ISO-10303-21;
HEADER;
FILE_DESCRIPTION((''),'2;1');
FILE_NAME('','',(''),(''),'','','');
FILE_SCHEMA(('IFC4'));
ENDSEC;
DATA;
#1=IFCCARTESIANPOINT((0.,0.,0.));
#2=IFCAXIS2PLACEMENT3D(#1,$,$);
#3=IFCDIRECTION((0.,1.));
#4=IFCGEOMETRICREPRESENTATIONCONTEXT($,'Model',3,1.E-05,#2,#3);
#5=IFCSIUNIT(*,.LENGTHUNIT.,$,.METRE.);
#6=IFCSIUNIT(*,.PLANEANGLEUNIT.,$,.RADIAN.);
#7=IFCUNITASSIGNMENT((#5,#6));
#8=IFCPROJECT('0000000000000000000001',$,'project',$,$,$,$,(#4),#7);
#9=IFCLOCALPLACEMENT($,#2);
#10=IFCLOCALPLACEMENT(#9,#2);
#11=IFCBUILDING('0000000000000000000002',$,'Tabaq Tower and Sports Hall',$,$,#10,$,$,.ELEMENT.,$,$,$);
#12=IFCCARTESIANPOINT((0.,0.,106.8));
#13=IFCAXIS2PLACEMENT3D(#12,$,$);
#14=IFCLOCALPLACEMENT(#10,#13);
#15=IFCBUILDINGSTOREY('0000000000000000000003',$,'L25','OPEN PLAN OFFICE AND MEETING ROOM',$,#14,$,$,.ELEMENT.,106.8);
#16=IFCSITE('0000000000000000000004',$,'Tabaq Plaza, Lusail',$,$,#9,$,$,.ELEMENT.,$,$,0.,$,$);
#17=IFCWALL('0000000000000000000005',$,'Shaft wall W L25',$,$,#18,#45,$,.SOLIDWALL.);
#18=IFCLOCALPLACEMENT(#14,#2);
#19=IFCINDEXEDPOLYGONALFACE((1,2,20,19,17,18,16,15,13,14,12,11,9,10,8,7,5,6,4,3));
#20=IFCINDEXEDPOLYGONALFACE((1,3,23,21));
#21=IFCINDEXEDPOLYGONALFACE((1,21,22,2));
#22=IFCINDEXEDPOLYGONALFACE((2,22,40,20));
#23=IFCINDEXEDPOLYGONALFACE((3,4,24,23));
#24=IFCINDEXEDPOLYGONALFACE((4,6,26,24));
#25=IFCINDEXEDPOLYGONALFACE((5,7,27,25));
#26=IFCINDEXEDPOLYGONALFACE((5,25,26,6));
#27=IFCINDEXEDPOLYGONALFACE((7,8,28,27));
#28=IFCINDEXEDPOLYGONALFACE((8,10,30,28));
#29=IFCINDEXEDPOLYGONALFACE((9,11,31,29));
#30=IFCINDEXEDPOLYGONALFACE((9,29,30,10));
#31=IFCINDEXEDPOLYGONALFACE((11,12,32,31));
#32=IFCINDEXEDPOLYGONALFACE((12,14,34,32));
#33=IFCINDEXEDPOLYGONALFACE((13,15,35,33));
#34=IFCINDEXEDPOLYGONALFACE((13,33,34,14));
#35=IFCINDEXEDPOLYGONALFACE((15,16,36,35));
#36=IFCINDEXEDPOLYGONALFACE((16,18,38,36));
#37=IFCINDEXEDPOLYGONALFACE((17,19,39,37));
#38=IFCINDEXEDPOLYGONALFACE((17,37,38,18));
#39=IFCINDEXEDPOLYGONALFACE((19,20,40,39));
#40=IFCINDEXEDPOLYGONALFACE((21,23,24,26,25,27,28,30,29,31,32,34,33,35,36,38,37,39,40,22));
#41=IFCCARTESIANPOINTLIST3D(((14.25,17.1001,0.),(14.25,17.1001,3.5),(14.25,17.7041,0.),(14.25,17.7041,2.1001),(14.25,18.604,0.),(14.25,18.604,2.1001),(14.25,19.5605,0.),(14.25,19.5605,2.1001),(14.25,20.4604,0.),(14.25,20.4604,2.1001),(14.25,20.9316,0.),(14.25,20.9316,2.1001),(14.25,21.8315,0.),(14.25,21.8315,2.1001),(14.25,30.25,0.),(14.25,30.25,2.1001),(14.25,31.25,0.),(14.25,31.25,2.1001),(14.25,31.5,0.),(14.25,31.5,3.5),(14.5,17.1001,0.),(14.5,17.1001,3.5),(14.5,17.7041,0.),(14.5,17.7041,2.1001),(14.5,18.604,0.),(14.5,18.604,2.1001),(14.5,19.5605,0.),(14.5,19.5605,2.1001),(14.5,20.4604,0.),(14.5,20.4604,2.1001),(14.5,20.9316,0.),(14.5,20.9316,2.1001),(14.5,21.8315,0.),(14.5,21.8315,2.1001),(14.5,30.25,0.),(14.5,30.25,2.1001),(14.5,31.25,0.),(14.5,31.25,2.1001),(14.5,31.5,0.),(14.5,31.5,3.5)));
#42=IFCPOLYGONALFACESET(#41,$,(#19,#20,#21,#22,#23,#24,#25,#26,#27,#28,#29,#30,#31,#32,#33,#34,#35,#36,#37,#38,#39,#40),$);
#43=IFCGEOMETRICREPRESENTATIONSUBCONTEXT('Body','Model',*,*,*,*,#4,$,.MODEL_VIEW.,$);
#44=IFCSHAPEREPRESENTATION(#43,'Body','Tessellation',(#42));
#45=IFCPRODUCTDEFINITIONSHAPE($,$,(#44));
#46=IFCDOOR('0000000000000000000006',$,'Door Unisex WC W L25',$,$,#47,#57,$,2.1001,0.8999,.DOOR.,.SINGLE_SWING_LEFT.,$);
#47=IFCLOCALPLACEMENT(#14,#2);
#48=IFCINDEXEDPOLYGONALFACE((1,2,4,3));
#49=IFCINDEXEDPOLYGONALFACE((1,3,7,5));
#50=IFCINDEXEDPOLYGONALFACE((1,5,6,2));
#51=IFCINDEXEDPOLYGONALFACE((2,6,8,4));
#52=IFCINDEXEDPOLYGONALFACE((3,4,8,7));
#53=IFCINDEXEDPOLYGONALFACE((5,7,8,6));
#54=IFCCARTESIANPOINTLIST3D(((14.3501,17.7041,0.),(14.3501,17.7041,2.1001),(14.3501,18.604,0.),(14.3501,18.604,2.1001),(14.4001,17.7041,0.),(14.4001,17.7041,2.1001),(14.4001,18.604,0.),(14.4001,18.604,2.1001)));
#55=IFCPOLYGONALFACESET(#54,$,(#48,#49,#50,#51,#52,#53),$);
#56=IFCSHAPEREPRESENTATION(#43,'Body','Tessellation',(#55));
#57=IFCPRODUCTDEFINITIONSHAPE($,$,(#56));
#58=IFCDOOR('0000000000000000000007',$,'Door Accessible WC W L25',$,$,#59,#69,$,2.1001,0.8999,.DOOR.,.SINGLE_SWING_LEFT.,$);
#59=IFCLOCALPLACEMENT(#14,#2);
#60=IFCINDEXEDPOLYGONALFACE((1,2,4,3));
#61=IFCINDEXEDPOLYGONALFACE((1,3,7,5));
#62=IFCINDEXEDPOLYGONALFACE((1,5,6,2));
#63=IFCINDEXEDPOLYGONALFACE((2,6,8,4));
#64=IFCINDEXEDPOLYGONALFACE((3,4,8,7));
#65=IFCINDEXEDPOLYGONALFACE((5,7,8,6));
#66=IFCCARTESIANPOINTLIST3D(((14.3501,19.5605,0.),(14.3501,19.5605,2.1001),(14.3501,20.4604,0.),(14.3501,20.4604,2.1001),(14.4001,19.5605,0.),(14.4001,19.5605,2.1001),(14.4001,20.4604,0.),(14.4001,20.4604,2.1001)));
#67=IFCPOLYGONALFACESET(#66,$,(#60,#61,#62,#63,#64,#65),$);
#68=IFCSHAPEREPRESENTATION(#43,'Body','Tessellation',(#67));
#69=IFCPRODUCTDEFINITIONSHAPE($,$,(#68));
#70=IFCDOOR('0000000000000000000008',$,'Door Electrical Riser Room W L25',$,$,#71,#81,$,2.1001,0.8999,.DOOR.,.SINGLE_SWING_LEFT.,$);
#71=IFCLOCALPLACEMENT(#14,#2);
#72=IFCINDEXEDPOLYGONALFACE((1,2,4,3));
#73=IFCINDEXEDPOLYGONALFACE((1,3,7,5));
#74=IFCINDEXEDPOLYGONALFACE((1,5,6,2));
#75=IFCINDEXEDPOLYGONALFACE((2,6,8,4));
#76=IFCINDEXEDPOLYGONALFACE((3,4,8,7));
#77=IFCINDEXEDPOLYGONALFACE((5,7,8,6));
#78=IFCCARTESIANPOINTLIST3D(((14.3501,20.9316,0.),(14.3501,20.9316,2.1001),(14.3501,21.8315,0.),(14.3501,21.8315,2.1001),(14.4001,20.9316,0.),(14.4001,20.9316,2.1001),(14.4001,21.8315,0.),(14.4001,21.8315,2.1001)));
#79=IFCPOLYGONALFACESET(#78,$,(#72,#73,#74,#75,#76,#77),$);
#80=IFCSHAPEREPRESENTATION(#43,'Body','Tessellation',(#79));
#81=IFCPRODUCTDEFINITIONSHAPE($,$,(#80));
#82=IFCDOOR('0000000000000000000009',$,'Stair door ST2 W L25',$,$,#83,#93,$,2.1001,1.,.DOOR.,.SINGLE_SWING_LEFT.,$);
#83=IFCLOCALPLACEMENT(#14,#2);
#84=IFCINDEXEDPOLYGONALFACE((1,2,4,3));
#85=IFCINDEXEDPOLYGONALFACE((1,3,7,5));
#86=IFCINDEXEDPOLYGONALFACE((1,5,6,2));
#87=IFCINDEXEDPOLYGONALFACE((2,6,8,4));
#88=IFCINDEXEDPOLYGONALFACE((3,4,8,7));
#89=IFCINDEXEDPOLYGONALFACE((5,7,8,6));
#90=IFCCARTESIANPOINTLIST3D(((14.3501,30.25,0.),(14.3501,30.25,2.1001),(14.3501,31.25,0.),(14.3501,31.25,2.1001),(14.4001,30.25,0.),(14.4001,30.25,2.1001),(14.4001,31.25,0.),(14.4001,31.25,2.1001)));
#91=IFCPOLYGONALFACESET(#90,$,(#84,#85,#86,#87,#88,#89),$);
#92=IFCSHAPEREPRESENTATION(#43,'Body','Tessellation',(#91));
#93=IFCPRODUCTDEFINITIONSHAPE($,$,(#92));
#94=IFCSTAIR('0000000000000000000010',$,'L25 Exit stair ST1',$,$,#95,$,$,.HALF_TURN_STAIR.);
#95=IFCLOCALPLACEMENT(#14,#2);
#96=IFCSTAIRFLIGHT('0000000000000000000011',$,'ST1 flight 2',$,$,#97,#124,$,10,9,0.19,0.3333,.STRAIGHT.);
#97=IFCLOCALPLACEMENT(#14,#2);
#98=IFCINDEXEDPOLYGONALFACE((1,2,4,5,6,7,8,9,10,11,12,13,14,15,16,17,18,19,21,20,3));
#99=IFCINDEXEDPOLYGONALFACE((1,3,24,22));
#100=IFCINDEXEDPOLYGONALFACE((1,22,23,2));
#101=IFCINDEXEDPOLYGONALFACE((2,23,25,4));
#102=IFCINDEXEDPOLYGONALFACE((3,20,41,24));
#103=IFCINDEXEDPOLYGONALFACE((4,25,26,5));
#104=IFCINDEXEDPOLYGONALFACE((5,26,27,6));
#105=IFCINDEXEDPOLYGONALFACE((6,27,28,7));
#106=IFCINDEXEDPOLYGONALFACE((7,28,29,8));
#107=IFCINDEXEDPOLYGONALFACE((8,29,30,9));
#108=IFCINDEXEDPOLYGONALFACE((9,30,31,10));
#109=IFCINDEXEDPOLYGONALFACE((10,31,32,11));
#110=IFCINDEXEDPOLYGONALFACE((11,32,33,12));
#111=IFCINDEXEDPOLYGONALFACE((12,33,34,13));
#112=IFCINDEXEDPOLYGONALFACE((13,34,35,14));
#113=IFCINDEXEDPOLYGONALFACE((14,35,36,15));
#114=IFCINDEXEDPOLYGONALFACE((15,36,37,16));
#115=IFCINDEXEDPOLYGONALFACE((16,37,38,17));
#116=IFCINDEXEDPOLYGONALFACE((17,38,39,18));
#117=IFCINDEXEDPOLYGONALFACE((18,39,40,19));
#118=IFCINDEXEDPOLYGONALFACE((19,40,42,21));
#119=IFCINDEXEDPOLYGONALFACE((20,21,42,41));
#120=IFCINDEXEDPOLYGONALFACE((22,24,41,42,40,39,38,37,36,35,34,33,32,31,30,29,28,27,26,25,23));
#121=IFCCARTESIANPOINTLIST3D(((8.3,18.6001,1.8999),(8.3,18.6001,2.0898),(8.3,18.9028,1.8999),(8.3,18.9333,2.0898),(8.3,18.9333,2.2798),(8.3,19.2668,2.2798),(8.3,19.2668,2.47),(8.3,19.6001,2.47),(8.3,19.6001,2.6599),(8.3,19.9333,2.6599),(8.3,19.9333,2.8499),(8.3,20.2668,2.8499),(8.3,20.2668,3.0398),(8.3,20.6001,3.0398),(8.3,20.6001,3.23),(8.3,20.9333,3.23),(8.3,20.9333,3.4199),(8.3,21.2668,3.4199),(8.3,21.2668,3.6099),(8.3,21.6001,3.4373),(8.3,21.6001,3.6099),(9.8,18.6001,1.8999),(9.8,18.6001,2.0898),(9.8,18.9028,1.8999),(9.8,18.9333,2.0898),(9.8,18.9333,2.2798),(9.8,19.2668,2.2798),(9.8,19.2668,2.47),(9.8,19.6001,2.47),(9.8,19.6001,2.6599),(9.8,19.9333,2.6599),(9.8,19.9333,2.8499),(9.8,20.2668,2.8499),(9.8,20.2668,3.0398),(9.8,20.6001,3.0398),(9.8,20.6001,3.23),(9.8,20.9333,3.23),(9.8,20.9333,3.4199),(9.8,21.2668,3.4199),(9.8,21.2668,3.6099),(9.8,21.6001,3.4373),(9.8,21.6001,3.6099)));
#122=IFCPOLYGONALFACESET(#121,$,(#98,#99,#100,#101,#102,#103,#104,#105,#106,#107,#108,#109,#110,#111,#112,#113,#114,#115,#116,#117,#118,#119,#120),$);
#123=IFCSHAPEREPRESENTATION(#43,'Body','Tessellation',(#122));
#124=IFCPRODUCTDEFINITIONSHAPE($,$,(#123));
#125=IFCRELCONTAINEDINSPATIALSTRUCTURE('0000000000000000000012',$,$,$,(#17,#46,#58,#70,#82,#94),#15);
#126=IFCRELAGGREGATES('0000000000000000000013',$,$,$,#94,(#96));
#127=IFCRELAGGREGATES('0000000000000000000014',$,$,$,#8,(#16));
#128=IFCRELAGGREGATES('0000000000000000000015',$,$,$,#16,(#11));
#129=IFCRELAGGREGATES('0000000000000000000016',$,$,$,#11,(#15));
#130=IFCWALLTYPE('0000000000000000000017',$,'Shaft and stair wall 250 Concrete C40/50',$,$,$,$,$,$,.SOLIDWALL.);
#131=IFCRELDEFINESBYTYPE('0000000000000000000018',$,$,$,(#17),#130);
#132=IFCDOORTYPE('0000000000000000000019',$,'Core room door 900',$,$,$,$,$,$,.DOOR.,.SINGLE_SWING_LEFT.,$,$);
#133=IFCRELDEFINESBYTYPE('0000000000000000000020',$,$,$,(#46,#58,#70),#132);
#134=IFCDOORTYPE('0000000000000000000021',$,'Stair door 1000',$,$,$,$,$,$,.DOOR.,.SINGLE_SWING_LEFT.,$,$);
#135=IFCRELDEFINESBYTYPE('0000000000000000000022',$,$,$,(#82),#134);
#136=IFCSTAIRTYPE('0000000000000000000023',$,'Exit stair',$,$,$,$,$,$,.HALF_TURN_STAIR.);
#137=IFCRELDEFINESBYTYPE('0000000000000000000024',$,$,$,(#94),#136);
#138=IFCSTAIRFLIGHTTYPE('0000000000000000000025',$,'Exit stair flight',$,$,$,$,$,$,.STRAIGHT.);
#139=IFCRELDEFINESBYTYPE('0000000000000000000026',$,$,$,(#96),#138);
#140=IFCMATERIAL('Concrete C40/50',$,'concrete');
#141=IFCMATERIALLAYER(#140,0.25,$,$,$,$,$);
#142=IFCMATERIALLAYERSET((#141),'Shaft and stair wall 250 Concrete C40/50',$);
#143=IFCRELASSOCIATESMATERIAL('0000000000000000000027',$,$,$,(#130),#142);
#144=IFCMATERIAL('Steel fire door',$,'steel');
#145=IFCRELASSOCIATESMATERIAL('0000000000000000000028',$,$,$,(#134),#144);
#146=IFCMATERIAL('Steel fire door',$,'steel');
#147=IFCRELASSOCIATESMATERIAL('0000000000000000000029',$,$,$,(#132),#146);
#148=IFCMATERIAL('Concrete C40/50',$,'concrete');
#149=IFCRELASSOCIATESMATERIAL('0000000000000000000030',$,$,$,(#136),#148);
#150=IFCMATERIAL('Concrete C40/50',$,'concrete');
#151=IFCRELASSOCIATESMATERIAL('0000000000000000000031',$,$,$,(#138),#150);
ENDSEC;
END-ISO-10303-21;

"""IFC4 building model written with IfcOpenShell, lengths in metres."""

from ifc_helpers import new_model, si_unit, direction, frame, frame_2d, origin, place, context, subcontext, project, spatial, polyline, rectangle, outline, extrude, material, layer, layer_set, type_object, element, fill, aggregate, save


model = new_model("IFC4")

# Units and contexts
model_context = context("Model", 3, precision=1e-05, world=origin(), true_north=direction((0.0, 1.0)))
body_context = subcontext(model_context, "Body", "Model", "MODEL_VIEW")
ifc_project = project(units=[si_unit("LENGTHUNIT", "METRE"), si_unit("PLANEANGLEUNIT", "RADIAN")], contexts=[model_context])

# Site, building, storey
site_placement = place(None, origin())
site = spatial("IfcSite", under=ifc_project, at=site_placement, Name="Tabaq Plaza, Lusail", CompositionType="ELEMENT", RefElevation=0.0)
building_placement = place(site_placement, origin())
building = spatial("IfcBuilding", under=site, at=building_placement, Name="Tabaq Tower and Sports Hall", CompositionType="ELEMENT")
storey_placement = place(building_placement, frame((0.0, 0.0, 106.8)))
storey = spatial("IfcBuildingStorey", under=building, at=storey_placement, Name="L25", Description="OPEN PLAN OFFICE AND MEETING ROOM", CompositionType="ELEMENT", Elevation=106.8)

# Wall, openings, doors
ifc_material_1 = material(Name="Concrete C40/50", Category="concrete")
ifc_layer_1 = layer(ifc_material_1, 0.25)
ifc_layer_set_1 = layer_set([ifc_layer_1], Name="Shaft and stair wall 250 Concrete C40/50")
wall_type_1 = type_object("IfcWallType", Name="Shaft and stair wall 250 Concrete C40/50", PredefinedType="SOLIDWALL", material=ifc_layer_set_1)
ifc_material_2 = material(Name="Steel fire door", Category="steel")
door_type_1 = type_object("IfcDoorType", Name="Stair door 1000", OperationType="SINGLE_SWING_LEFT", PredefinedType="DOOR", material=ifc_material_2)
wall_1_placement = place(storey_placement, frame((14.375, 17.1001, 0.0), z_axis=(0.0, 0.0, 1.0), x_axis=(0.0, 1.0, 0.0)))
wall_1 = element("IfcWall", 1, at=wall_1_placement, inside=storey, type_object=wall_type_1, Name="Shaft wall W L25", PredefinedType="SOLIDWALL", context=body_context, shape_type="SweptSolid", body=[
    extrude(rectangle(XDim=14.3999, YDim=0.25, at=frame_2d((7.2, 0.0))), origin(), (0.0, 0.0, 1.0), 3.5),
])
opening_1_placement = place(wall_1_placement, frame((13.1499, 0.0, 0.0)))
opening_1 = element("IfcOpeningElement", 2, at=opening_1_placement, cuts=wall_1, PredefinedType="OPENING", context=body_context, shape_type="SweptSolid", body=[
    extrude(rectangle(XDim=1.0, YDim=2.1001, at=frame_2d((0.5, 1.05))), frame((0.0, 0.125, 0.0), z_axis=(0.0, -1.0, 0.0), x_axis=(1.0, 0.0, 0.0)), (0.0, 0.0, 1.0), 0.25),
])
opening_2_placement = place(wall_1_placement, frame((0.604, 0.0, 0.0)))
opening_2 = element("IfcOpeningElement", 3, at=opening_2_placement, cuts=wall_1, PredefinedType="OPENING", context=body_context, shape_type="SweptSolid", body=[
    extrude(rectangle(XDim=0.8999, YDim=2.1001, at=frame_2d((0.45, 1.05))), frame((0.0, 0.125, 0.0), z_axis=(0.0, -1.0, 0.0), x_axis=(1.0, 0.0, 0.0)), (0.0, 0.0, 1.0), 0.25),
])
opening_3_placement = place(wall_1_placement, frame((2.4604, 0.0, 0.0)))
opening_3 = element("IfcOpeningElement", 4, at=opening_3_placement, cuts=wall_1, PredefinedType="OPENING", context=body_context, shape_type="SweptSolid", body=[
    extrude(rectangle(XDim=0.8999, YDim=2.1001, at=frame_2d((0.45, 1.05))), frame((0.0, 0.125, 0.0), z_axis=(0.0, -1.0, 0.0), x_axis=(1.0, 0.0, 0.0)), (0.0, 0.0, 1.0), 0.25),
])
opening_4_placement = place(wall_1_placement, frame((3.8315, 0.0, 0.0)))
opening_4 = element("IfcOpeningElement", 5, at=opening_4_placement, cuts=wall_1, PredefinedType="OPENING", context=body_context, shape_type="SweptSolid", body=[
    extrude(rectangle(XDim=0.8999, YDim=2.1001, at=frame_2d((0.45, 1.05))), frame((0.0, 0.125, 0.0), z_axis=(0.0, -1.0, 0.0), x_axis=(1.0, 0.0, 0.0)), (0.0, 0.0, 1.0), 0.25),
])
ifc_material_3 = material(Name="Steel fire door", Category="steel")
door_type_2 = type_object("IfcDoorType", Name="Core room door 900", OperationType="SINGLE_SWING_LEFT", PredefinedType="DOOR", material=ifc_material_3)
door_1_placement = place(opening_2_placement, origin())
door_1 = element("IfcDoor", 6, at=door_1_placement, inside=storey, type_object=door_type_2, Name="Door Unisex WC W L25", OperationType="SINGLE_SWING_LEFT", OverallHeight=2.1001, OverallWidth=0.8999, PredefinedType="DOOR", context=body_context, shape_type="SweptSolid", body=[
    extrude(rectangle(XDim=0.8999, YDim=2.1001, at=frame_2d((0.45, 1.05))), frame((0.0, 0.0249, 0.0), z_axis=(0.0, -1.0, 0.0), x_axis=(1.0, 0.0, 0.0)), (0.0, 0.0, 1.0), 0.05),
])
fill(opening_2, door_1)
door_2_placement = place(opening_3_placement, origin())
door_2 = element("IfcDoor", 7, at=door_2_placement, inside=storey, type_object=door_type_2, Name="Door Accessible WC W L25", OperationType="SINGLE_SWING_LEFT", OverallHeight=2.1001, OverallWidth=0.8999, PredefinedType="DOOR", context=body_context, shape_type="SweptSolid", body=[
    extrude(rectangle(XDim=0.8999, YDim=2.1001, at=frame_2d((0.45, 1.05))), frame((0.0, 0.0249, 0.0), z_axis=(0.0, -1.0, 0.0), x_axis=(1.0, 0.0, 0.0)), (0.0, 0.0, 1.0), 0.05),
])
fill(opening_3, door_2)
door_3_placement = place(opening_4_placement, origin())
door_3 = element("IfcDoor", 8, at=door_3_placement, inside=storey, type_object=door_type_2, Name="Door Electrical Riser Room W L25", OperationType="SINGLE_SWING_LEFT", OverallHeight=2.1001, OverallWidth=0.8999, PredefinedType="DOOR", context=body_context, shape_type="SweptSolid", body=[
    extrude(rectangle(XDim=0.8999, YDim=2.1001, at=frame_2d((0.45, 1.05))), frame((0.0, 0.0249, 0.0), z_axis=(0.0, -1.0, 0.0), x_axis=(1.0, 0.0, 0.0)), (0.0, 0.0, 1.0), 0.05),
])
fill(opening_4, door_3)
door_4_placement = place(opening_1_placement, origin())
door_4 = element("IfcDoor", 9, at=door_4_placement, inside=storey, type_object=door_type_1, Name="Stair door ST2 W L25", OperationType="SINGLE_SWING_LEFT", OverallHeight=2.1001, OverallWidth=1.0, PredefinedType="DOOR", context=body_context, shape_type="SweptSolid", body=[
    extrude(rectangle(XDim=1.0, YDim=2.1001, at=frame_2d((0.5, 1.05))), frame((0.0, 0.0249, 0.0), z_axis=(0.0, -1.0, 0.0), x_axis=(1.0, 0.0, 0.0)), (0.0, 0.0, 1.0), 0.05),
])
fill(opening_1, door_4)

# Stair, stair flight
ifc_material_4 = material(Name="Concrete C40/50", Category="concrete")
stair_type = type_object("IfcStairType", Name="Exit stair", PredefinedType="HALF_TURN_STAIR", material=ifc_material_4)
stair_placement = place(storey_placement, origin())
stair = element("IfcStair", 10, at=stair_placement, inside=storey, type_object=stair_type, Name="L25 Exit stair ST1", PredefinedType="HALF_TURN_STAIR")
ifc_material_5 = material(Name="Concrete C40/50", Category="concrete")
stair_flight_type = type_object("IfcStairFlightType", Name="Exit stair flight", PredefinedType="STRAIGHT", material=ifc_material_5)
stair_flight_placement = place(storey_placement, frame((9.05, 18.6001, 1.8999), z_axis=(0.0, 0.0, 1.0), x_axis=(0.0, 1.0, 0.0)))
stair_flight = element("IfcStairFlight", 11, at=stair_flight_placement, type_object=stair_flight_type, Name="ST1 flight 2", NumberOfRisers=10, NumberOfTreads=9, PredefinedType="STRAIGHT", RiserHeight=0.19, TreadLength=0.3333, context=body_context, shape_type="SweptSolid", body=[
    extrude(outline(polyline([(0.0, 0.0), (0.0, 0.1899), (0.3333, 0.1899), (0.3333, 0.3799), (0.6667, 0.3799), (0.6667, 0.5701), (1.0, 0.5701), (1.0, 0.76), (1.3333, 0.76), (1.3333, 0.95), (1.6667, 0.95), (1.6667, 1.1399), (2.0, 1.1399), (2.0, 1.3301), (2.3333, 1.3301), (2.3333, 1.52), (2.6667, 1.52), (2.6667, 1.71), (3.0, 1.71), (3.0, 1.8999), (3.0, 1.5374), (0.3027, 0.0), (0.0, 0.0)])), frame((0.0, 0.75, 0.0), z_axis=(0.0, -1.0, 0.0), x_axis=(1.0, 0.0, 0.0)), (0.0, 0.0, 1.0), 1.5),
])
aggregate(stair, [stair_flight])

save(model, "model.ifc")
